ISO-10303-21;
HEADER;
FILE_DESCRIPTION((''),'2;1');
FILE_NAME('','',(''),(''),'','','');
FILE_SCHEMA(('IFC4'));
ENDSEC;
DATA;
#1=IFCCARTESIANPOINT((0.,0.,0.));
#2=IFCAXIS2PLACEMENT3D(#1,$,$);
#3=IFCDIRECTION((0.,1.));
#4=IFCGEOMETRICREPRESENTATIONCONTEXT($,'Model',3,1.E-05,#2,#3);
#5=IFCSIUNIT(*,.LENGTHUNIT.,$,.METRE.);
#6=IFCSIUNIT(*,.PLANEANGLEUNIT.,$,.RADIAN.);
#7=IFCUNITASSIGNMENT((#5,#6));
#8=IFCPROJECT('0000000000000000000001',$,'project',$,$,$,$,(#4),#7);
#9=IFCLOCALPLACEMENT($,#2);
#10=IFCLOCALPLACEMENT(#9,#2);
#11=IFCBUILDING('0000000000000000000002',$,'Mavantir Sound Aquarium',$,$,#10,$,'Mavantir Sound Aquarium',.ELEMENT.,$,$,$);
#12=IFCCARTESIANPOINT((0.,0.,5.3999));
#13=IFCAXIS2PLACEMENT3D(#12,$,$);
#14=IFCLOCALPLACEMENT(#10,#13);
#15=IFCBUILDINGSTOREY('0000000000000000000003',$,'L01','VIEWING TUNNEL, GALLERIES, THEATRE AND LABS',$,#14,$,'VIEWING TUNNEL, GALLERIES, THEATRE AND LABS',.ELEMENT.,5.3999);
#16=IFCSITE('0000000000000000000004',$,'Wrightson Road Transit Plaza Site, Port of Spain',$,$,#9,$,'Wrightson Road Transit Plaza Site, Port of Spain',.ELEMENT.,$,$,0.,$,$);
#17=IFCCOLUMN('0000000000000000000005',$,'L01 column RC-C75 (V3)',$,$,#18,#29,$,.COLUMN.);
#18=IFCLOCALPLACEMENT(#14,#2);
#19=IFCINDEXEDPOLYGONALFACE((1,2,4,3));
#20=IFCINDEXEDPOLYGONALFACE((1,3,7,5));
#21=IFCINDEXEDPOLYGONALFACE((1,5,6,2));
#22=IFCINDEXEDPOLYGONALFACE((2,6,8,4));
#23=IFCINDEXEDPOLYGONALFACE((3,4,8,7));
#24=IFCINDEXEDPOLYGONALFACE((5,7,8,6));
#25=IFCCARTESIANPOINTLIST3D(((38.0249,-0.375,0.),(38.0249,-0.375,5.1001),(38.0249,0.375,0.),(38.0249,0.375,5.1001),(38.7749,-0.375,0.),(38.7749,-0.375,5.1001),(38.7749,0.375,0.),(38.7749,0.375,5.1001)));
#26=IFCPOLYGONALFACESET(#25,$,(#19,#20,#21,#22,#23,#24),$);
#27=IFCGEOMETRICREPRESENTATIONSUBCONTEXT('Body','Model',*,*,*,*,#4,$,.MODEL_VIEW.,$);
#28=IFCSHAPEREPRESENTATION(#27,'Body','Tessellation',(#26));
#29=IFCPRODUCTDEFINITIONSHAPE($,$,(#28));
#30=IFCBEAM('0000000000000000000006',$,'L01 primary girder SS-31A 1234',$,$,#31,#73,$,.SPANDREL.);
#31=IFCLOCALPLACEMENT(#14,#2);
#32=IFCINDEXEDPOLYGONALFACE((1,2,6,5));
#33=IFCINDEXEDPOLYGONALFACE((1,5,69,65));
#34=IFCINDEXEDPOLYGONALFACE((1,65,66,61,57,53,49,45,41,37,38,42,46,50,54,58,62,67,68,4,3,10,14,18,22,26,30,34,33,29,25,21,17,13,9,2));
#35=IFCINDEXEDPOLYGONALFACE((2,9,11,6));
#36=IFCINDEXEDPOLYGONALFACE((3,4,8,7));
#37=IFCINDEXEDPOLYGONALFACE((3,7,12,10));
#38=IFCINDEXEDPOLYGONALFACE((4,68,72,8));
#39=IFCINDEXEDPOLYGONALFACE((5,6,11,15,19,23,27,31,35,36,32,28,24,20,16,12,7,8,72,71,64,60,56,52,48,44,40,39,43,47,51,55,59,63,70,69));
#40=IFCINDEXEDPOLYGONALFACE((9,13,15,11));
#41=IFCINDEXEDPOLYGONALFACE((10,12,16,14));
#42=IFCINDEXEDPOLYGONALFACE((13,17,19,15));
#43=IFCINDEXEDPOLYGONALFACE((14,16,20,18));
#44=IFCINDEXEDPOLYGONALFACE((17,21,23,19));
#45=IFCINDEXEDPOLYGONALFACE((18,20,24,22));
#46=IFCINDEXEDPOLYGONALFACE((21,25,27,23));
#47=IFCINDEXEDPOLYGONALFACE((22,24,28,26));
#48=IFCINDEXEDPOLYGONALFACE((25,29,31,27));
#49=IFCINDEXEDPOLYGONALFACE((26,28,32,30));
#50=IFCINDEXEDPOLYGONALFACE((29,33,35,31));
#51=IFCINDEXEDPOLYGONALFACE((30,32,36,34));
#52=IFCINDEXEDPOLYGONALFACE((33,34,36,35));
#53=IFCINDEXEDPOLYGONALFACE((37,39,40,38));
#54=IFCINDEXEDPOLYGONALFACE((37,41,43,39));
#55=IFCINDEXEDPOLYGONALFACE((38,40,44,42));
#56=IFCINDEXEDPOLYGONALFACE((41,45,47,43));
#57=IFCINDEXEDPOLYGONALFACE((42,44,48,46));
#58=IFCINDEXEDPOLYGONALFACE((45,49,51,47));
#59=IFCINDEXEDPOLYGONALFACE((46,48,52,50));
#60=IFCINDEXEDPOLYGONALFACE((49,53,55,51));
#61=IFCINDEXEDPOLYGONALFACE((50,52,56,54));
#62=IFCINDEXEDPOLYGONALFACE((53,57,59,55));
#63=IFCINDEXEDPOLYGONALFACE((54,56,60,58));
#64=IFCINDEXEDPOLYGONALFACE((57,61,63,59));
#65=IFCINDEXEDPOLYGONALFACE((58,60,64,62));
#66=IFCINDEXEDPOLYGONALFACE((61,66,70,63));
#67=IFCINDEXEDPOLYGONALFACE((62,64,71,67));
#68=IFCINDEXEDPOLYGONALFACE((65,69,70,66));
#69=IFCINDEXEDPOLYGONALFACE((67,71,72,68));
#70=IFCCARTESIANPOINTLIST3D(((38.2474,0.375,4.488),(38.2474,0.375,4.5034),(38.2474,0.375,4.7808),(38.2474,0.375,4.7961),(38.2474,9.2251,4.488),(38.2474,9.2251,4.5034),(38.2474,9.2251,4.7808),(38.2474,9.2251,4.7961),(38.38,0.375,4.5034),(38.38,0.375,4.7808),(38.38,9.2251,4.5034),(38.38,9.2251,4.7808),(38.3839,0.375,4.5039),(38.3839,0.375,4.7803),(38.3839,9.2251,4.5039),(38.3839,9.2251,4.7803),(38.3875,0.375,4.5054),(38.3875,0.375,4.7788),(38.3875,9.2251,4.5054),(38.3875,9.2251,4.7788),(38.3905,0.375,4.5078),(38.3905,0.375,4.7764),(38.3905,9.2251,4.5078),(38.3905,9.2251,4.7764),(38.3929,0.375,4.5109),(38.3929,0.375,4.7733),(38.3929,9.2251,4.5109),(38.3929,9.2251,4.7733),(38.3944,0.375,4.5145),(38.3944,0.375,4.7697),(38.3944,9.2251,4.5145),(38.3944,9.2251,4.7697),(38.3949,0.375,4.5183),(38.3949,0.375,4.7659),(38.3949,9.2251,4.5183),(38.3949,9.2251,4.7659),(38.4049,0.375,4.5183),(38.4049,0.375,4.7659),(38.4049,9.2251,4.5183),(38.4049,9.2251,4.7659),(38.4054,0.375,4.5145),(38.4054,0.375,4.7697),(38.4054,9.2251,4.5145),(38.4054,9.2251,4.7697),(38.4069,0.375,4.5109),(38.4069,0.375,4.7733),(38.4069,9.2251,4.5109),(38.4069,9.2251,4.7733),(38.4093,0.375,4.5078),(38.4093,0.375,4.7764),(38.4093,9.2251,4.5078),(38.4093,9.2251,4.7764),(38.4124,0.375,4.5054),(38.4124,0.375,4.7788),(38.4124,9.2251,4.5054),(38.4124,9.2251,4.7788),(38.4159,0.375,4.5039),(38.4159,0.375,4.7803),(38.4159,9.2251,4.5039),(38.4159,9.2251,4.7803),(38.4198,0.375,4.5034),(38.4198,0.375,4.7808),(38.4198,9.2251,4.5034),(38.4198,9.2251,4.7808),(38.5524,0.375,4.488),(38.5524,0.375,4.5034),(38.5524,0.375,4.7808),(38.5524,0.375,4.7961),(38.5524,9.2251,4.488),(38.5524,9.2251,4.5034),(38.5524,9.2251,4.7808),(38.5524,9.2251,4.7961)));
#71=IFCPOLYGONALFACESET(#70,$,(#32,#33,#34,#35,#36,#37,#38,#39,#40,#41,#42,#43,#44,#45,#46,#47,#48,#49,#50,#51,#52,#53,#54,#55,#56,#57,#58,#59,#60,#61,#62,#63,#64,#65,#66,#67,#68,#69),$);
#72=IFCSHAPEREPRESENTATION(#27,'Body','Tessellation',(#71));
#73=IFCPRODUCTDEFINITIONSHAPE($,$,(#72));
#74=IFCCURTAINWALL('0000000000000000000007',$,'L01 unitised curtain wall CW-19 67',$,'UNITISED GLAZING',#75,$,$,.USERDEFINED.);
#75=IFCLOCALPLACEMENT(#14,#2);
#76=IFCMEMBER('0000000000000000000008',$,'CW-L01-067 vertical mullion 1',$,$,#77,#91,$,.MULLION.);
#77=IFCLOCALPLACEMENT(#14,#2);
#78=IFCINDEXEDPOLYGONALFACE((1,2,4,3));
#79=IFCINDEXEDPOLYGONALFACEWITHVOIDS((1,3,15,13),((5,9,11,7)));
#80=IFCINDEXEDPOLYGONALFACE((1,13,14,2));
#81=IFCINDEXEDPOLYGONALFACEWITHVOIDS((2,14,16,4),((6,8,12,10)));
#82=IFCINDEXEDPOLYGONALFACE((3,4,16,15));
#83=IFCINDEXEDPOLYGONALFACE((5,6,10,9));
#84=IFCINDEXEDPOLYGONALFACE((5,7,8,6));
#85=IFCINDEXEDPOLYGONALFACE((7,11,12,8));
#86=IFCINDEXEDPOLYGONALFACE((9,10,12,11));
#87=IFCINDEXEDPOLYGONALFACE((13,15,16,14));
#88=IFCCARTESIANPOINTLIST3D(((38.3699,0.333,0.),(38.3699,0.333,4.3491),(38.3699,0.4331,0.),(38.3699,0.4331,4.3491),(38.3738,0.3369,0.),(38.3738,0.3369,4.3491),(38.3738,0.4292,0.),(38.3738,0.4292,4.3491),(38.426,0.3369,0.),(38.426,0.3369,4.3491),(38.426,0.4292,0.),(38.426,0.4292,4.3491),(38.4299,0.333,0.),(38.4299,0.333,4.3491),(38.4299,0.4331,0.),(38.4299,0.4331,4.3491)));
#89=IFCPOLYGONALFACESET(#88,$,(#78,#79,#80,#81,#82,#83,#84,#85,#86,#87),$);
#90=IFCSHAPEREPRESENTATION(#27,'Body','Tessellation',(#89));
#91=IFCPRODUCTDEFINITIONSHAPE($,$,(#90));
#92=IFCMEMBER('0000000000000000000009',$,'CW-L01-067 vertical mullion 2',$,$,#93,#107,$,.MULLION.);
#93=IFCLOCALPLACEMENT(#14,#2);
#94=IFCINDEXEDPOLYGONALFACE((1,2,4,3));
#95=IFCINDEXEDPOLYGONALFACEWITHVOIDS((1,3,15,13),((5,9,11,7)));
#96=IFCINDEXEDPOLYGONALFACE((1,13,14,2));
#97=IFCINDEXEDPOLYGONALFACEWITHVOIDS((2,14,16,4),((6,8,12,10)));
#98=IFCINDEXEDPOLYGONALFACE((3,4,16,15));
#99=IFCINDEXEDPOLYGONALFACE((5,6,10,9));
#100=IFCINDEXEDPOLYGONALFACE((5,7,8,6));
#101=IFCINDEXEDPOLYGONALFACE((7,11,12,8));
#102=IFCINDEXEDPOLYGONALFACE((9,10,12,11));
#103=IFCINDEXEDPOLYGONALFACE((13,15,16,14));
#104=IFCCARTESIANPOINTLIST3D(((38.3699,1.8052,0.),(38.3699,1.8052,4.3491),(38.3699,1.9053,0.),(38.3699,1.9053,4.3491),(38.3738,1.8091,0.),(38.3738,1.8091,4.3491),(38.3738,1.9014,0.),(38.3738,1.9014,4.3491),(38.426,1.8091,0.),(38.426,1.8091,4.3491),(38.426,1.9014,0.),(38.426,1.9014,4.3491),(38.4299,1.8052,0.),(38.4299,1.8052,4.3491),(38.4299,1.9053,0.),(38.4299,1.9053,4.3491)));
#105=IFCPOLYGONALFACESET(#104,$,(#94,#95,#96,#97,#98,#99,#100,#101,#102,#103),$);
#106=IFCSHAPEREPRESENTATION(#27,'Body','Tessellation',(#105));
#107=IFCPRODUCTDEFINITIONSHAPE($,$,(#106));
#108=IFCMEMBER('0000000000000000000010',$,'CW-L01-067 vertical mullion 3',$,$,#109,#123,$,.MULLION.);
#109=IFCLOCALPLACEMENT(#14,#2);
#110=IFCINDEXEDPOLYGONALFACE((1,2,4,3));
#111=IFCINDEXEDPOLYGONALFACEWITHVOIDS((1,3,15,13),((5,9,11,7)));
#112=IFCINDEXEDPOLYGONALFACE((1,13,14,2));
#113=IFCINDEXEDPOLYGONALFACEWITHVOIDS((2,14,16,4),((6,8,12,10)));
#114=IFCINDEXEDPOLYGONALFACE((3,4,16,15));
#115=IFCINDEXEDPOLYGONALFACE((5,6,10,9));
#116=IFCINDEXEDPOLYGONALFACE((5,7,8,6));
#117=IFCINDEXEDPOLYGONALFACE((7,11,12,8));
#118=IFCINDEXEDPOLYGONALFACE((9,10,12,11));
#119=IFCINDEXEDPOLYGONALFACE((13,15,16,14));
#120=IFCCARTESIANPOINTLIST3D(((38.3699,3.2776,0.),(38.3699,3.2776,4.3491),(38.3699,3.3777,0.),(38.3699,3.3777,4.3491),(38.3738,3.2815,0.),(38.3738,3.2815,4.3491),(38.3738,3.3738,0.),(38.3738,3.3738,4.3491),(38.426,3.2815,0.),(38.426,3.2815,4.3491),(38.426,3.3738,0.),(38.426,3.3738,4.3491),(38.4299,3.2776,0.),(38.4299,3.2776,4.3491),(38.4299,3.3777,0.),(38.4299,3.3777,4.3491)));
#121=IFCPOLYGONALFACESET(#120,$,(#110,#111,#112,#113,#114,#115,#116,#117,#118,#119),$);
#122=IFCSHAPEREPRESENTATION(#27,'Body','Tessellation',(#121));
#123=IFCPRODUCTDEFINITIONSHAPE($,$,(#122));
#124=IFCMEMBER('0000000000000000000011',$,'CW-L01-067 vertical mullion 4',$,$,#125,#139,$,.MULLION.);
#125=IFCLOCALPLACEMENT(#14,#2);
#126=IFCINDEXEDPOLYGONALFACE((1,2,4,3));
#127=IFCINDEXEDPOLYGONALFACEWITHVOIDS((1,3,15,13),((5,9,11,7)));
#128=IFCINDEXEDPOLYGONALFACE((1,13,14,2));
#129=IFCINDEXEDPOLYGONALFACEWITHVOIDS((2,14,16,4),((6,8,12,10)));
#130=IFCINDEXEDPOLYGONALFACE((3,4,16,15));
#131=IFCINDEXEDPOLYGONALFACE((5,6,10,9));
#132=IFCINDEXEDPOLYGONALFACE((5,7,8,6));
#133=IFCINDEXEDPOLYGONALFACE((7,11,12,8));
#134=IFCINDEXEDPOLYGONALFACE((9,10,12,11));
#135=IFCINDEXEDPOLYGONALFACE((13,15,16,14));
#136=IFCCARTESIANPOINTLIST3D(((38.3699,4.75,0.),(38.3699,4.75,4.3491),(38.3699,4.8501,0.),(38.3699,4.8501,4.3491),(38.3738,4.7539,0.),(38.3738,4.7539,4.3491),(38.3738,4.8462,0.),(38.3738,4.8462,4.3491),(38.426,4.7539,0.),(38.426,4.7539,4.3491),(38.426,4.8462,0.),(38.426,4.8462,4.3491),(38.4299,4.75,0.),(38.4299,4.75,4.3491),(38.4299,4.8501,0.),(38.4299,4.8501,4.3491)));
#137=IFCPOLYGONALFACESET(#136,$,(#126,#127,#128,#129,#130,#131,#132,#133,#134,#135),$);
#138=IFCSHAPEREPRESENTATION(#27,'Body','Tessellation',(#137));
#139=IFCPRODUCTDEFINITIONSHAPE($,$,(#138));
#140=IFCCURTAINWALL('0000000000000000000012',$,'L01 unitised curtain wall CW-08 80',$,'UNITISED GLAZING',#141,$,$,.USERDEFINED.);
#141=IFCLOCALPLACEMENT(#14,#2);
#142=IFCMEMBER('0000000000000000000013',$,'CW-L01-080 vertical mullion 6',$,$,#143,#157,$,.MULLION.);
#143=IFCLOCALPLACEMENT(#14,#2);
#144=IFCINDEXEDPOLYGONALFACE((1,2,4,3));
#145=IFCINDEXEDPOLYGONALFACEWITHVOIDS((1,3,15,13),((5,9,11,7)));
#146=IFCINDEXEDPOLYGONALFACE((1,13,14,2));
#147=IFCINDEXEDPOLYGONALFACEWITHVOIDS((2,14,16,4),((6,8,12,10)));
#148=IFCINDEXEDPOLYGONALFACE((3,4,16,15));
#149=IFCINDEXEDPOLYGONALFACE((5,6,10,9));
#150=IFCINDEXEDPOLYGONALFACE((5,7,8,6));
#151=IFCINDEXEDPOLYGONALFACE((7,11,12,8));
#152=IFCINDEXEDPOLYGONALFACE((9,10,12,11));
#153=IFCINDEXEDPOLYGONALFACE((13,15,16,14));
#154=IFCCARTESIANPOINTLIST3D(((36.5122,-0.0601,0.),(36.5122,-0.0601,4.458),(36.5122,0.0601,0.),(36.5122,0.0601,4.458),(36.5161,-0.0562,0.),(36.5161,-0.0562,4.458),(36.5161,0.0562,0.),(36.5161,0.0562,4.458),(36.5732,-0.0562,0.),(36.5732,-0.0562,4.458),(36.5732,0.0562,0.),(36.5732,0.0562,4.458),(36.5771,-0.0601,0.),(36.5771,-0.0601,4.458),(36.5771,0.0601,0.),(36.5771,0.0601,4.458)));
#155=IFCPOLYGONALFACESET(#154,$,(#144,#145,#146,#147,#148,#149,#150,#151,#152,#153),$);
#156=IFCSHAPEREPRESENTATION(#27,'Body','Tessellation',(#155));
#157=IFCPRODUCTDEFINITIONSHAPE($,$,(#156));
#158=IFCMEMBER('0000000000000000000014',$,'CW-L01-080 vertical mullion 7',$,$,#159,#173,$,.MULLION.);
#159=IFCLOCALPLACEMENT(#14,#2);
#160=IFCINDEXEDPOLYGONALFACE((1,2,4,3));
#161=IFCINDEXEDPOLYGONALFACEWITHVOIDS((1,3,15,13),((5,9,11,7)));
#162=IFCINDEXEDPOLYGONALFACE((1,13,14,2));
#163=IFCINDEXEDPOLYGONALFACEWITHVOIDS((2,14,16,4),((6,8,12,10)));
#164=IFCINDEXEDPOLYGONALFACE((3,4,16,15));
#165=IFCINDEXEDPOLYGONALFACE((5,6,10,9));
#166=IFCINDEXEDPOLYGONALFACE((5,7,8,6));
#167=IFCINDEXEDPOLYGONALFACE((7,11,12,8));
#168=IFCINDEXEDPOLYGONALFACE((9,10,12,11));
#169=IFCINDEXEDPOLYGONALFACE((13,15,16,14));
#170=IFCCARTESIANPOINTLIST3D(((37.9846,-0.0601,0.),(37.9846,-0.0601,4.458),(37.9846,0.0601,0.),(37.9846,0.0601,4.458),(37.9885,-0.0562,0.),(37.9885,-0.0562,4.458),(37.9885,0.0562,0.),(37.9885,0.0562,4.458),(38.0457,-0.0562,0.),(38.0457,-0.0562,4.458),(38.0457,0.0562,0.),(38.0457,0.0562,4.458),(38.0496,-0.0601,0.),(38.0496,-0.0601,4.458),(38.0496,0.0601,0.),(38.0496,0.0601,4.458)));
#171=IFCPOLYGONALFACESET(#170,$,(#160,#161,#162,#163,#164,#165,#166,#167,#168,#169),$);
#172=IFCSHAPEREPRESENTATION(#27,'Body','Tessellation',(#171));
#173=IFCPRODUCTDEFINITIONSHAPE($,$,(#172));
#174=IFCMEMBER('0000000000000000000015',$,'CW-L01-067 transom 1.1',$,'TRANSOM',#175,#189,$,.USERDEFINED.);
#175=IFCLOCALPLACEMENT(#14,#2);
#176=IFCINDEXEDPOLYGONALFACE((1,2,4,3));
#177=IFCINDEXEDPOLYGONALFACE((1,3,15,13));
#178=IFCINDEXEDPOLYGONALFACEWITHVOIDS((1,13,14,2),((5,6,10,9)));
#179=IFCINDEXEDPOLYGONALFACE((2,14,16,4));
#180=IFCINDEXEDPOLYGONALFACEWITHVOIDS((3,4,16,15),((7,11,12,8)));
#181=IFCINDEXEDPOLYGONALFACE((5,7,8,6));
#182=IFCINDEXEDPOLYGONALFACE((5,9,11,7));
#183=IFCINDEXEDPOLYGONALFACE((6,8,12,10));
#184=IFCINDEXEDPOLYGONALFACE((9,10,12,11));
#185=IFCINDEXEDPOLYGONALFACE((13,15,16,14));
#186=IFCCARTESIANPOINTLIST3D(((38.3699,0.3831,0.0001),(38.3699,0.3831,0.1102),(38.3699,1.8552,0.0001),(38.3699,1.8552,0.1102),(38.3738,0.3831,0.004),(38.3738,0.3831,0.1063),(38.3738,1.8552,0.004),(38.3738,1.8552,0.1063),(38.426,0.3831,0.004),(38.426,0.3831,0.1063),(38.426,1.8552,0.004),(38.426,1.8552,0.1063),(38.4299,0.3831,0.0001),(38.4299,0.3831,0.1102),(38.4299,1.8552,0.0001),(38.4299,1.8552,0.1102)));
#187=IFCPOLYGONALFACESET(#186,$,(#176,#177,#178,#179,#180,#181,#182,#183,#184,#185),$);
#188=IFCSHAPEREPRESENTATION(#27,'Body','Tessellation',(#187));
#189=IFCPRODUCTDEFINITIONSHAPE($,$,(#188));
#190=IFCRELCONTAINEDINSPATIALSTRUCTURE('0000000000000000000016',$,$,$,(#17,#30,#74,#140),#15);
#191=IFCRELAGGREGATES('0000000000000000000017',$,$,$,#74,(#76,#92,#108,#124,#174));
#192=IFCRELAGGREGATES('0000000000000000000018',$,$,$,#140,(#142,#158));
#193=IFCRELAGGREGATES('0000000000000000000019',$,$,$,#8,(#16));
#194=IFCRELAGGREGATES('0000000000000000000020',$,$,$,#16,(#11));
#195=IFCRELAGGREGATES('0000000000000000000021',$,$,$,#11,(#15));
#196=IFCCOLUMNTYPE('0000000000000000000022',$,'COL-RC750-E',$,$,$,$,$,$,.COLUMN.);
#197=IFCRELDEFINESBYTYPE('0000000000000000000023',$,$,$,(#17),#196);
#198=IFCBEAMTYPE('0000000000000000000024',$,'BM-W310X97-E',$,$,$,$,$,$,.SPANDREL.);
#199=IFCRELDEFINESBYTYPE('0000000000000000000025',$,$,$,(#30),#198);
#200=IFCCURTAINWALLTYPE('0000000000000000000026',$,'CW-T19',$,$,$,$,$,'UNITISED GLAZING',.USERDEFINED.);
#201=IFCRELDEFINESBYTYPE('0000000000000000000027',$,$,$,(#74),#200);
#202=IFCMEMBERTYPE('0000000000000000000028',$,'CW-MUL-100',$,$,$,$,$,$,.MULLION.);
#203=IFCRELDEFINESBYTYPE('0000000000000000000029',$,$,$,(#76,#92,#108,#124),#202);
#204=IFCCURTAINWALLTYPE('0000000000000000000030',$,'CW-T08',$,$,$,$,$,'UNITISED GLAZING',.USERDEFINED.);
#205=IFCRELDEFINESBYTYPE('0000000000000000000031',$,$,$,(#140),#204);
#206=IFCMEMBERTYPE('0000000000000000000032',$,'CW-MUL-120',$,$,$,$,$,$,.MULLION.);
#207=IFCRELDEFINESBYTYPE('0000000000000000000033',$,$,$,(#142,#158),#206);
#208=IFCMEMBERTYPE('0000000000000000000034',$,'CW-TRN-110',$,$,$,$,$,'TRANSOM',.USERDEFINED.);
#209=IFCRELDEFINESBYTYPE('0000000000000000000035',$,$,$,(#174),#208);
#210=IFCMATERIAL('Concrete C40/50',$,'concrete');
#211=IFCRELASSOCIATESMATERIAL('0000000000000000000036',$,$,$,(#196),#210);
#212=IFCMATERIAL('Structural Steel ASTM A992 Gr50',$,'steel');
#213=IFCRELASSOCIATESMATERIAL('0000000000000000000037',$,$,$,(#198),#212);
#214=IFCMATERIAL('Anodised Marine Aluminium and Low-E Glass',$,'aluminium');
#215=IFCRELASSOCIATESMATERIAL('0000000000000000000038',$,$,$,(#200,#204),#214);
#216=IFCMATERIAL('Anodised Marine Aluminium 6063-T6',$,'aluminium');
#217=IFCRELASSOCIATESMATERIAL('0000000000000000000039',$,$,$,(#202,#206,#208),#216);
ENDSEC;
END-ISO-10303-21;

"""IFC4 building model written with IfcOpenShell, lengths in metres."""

from ifc_helpers import new_model, si_unit, direction, frame, origin, origin_2d, place, context, subcontext, project, spatial, rectangle, hollow_rectangle, i_section, extrude, material, material_profile, profile_set, type_object, element, aggregate, save


model = new_model("IFC4")

# Units and contexts
model_context = context("Model", 3, precision=1e-05, world=origin(), true_north=direction((0.0, 1.0)))
body_context = subcontext(model_context, "Body", "Model", "MODEL_VIEW")
ifc_project = project(units=[si_unit("LENGTHUNIT", "METRE"), si_unit("PLANEANGLEUNIT", "RADIAN")], contexts=[model_context])

# Site, building, storey
site_placement = place(None, origin())
site = spatial("IfcSite", under=ifc_project, at=site_placement, Name="Wrightson Road Transit Plaza Site, Port of Spain", LongName="Wrightson Road Transit Plaza Site, Port of Spain", CompositionType="ELEMENT", RefElevation=0.0)
building_placement = place(site_placement, origin())
building = spatial("IfcBuilding", under=site, at=building_placement, Name="Mavantir Sound Aquarium", LongName="Mavantir Sound Aquarium", CompositionType="ELEMENT")
storey_placement = place(building_placement, frame((0.0, 0.0, 5.3999)))
storey = spatial("IfcBuildingStorey", under=building, at=storey_placement, Name="L01", Description="VIEWING TUNNEL, GALLERIES, THEATRE AND LABS", LongName="VIEWING TUNNEL, GALLERIES, THEATRE AND LABS", CompositionType="ELEMENT", Elevation=5.3999)

# Column
ifc_material_1 = material(Name="Concrete C40/50", Category="concrete")
ifc_material_profile_1 = material_profile(ifc_material_1, rectangle(XDim=0.75, YDim=0.75, at=origin_2d()), Name="RC 750X750")
ifc_profile_set_1 = profile_set([ifc_material_profile_1], Name="Concrete C40/50")
column_type = type_object("IfcColumnType", Name="COL-RC750-E", PredefinedType="COLUMN", material=ifc_profile_set_1)
column_placement = place(storey_placement, frame((38.3999, 0.0, 0.0), z_axis=(0.0, 0.0, 1.0), x_axis=(1.0, 0.0, 0.0)))
element("IfcColumn", 1, at=column_placement, inside=storey, type_object=column_type, Name="L01 column RC-C75 (V3)", PredefinedType="COLUMN", context=body_context, shape_type="SweptSolid", body=[
    extrude(rectangle(XDim=0.75, YDim=0.75, at=origin_2d()), origin(), (0.0, 0.0, 1.0), 5.1001),
])

# Beam
ifc_material_2 = material(Name="Structural Steel ASTM A992 Gr50", Category="steel")
ifc_material_profile_2 = material_profile(ifc_material_2, i_section(OverallWidth=0.3049, OverallDepth=0.3081, WebThickness=0.01, FlangeThickness=0.0154, FilletRadius=0.0149, at=origin_2d()), Name="W310X97")
ifc_profile_set_2 = profile_set([ifc_material_profile_2], Name="Structural Steel ASTM A992 Gr50")
beam_type = type_object("IfcBeamType", Name="BM-W310X97-E", PredefinedType="SPANDREL", material=ifc_profile_set_2)
beam_placement = place(storey_placement, frame((38.3999, 0.375, 4.6421), z_axis=(0.0, 1.0, 0.0), x_axis=(-1.0, 0.0, 0.0)))
element("IfcBeam", 2, at=beam_placement, inside=storey, type_object=beam_type, Name="L01 primary girder SS-31A 1234", PredefinedType="SPANDREL", context=body_context, shape_type="SweptSolid", body=[
    extrude(i_section(OverallWidth=0.3049, OverallDepth=0.3081, WebThickness=0.01, FlangeThickness=0.0154, FilletRadius=0.0149, at=origin_2d()), origin(), (0.0, 0.0, 1.0), 8.8501),
])

# Curtain walls, members
ifc_material_3 = material(Name="Anodised Marine Aluminium and Low-E Glass", Category="aluminium")
curtain_wall_type_1 = type_object("IfcCurtainWallType", Name="CW-T19", ElementType="UNITISED GLAZING", PredefinedType="USERDEFINED", material=ifc_material_3)
curtain_wall_1_placement = place(storey_placement, origin())
curtain_wall_1 = element("IfcCurtainWall", 3, at=curtain_wall_1_placement, inside=storey, type_object=curtain_wall_type_1, Name="L01 unitised curtain wall CW-19 67", ObjectType="UNITISED GLAZING", PredefinedType="USERDEFINED")
ifc_material_4 = material(Name="Anodised Marine Aluminium 6063-T6", Category="aluminium")
ifc_material_profile_3 = material_profile(ifc_material_4, hollow_rectangle(XDim=0.0601, YDim=0.1001, WallThickness=0.0039, at=origin_2d()), Name="ALU-MULLION-100X60")
ifc_profile_set_3 = profile_set([ifc_material_profile_3], Name="Anodised Marine Aluminium 6063-T6")
member_type_1 = type_object("IfcMemberType", Name="CW-MUL-100", PredefinedType="MULLION", material=ifc_profile_set_3)
member_1_placement = place(storey_placement, frame((38.3999, 0.3831, 0.0), z_axis=(0.0, 0.0, 1.0), x_axis=(1.0, 0.0, 0.0)))
member_1 = element("IfcMember", 4, at=member_1_placement, type_object=member_type_1, Name="CW-L01-067 vertical mullion 1", PredefinedType="MULLION", context=body_context, shape_type="SweptSolid", body=[
    extrude(hollow_rectangle(XDim=0.0601, YDim=0.1001, WallThickness=0.0039, at=origin_2d()), origin(), (0.0, 0.0, 1.0), 4.3491),
])
member_2_placement = place(storey_placement, frame((38.3999, 1.8552, 0.0), z_axis=(0.0, 0.0, 1.0), x_axis=(1.0, 0.0, 0.0)))
member_2 = element("IfcMember", 5, at=member_2_placement, type_object=member_type_1, Name="CW-L01-067 vertical mullion 2", PredefinedType="MULLION", context=body_context, shape_type="SweptSolid", body=[
    extrude(hollow_rectangle(XDim=0.0601, YDim=0.1001, WallThickness=0.0039, at=origin_2d()), origin(), (0.0, 0.0, 1.0), 4.3491),
])
member_3_placement = place(storey_placement, frame((38.3999, 3.3276, 0.0), z_axis=(0.0, 0.0, 1.0), x_axis=(1.0, 0.0, 0.0)))
member_3 = element("IfcMember", 6, at=member_3_placement, type_object=member_type_1, Name="CW-L01-067 vertical mullion 3", PredefinedType="MULLION", context=body_context, shape_type="SweptSolid", body=[
    extrude(hollow_rectangle(XDim=0.0601, YDim=0.1001, WallThickness=0.0039, at=origin_2d()), origin(), (0.0, 0.0, 1.0), 4.3491),
])
member_4_placement = place(storey_placement, frame((38.3999, 4.8, 0.0), z_axis=(0.0, 0.0, 1.0), x_axis=(1.0, 0.0, 0.0)))
member_4 = element("IfcMember", 7, at=member_4_placement, type_object=member_type_1, Name="CW-L01-067 vertical mullion 4", PredefinedType="MULLION", context=body_context, shape_type="SweptSolid", body=[
    extrude(hollow_rectangle(XDim=0.0601, YDim=0.1001, WallThickness=0.0039, at=origin_2d()), origin(), (0.0, 0.0, 1.0), 4.3491),
])
curtain_wall_type_2 = type_object("IfcCurtainWallType", Name="CW-T08", ElementType="UNITISED GLAZING", PredefinedType="USERDEFINED", material=ifc_material_3)
curtain_wall_2_placement = place(storey_placement, origin())
curtain_wall_2 = element("IfcCurtainWall", 8, at=curtain_wall_2_placement, inside=storey, type_object=curtain_wall_type_2, Name="L01 unitised curtain wall CW-08 80", ObjectType="UNITISED GLAZING", PredefinedType="USERDEFINED")
ifc_material_profile_4 = material_profile(ifc_material_4, hollow_rectangle(XDim=0.0649, YDim=0.1201, WallThickness=0.0039, at=origin_2d()), Name="ALU-MULLION-120X65")
ifc_profile_set_4 = profile_set([ifc_material_profile_4], Name="Anodised Marine Aluminium 6063-T6")
member_type_2 = type_object("IfcMemberType", Name="CW-MUL-120", PredefinedType="MULLION", material=ifc_profile_set_4)
member_5_placement = place(storey_placement, frame((36.5447, 0.0, 0.0), z_axis=(0.0, 0.0, 1.0), x_axis=(1.0, 0.0, 0.0)))
member_5 = element("IfcMember", 9, at=member_5_placement, type_object=member_type_2, Name="CW-L01-080 vertical mullion 6", PredefinedType="MULLION", context=body_context, shape_type="SweptSolid", body=[
    extrude(hollow_rectangle(XDim=0.0649, YDim=0.1201, WallThickness=0.0039, at=origin_2d()), origin(), (0.0, 0.0, 1.0), 4.458),
])
member_6_placement = place(storey_placement, frame((38.0171, 0.0, 0.0), z_axis=(0.0, 0.0, 1.0), x_axis=(1.0, 0.0, 0.0)))
member_6 = element("IfcMember", 10, at=member_6_placement, type_object=member_type_2, Name="CW-L01-080 vertical mullion 7", PredefinedType="MULLION", context=body_context, shape_type="SweptSolid", body=[
    extrude(hollow_rectangle(XDim=0.0649, YDim=0.1201, WallThickness=0.0039, at=origin_2d()), origin(), (0.0, 0.0, 1.0), 4.458),
])

# Member
ifc_material_profile_5 = material_profile(ifc_material_4, hollow_rectangle(XDim=0.0601, YDim=0.1101, WallThickness=0.0039, at=origin_2d()), Name="ALU-TRANSOM-110X60")
ifc_profile_set_5 = profile_set([ifc_material_profile_5], Name="Anodised Marine Aluminium 6063-T6")
member_type_3 = type_object("IfcMemberType", Name="CW-TRN-110", ElementType="TRANSOM", PredefinedType="USERDEFINED", material=ifc_profile_set_5)
member_7_placement = place(storey_placement, frame((38.3999, 0.3831, 0.0552), z_axis=(0.0, 1.0, 0.0), x_axis=(-1.0, 0.0, 0.0)))
member_7 = element("IfcMember", 11, at=member_7_placement, type_object=member_type_3, Name="CW-L01-067 transom 1.1", ObjectType="TRANSOM", PredefinedType="USERDEFINED", context=body_context, shape_type="SweptSolid", body=[
    extrude(hollow_rectangle(XDim=0.0601, YDim=0.1101, WallThickness=0.0039, at=origin_2d()), origin(), (0.0, 0.0, 1.0), 1.4722),
])

aggregate(curtain_wall_1, [member_1, member_2, member_3, member_4, member_7])
aggregate(curtain_wall_2, [member_5, member_6])

save(model, "model.ifc")
